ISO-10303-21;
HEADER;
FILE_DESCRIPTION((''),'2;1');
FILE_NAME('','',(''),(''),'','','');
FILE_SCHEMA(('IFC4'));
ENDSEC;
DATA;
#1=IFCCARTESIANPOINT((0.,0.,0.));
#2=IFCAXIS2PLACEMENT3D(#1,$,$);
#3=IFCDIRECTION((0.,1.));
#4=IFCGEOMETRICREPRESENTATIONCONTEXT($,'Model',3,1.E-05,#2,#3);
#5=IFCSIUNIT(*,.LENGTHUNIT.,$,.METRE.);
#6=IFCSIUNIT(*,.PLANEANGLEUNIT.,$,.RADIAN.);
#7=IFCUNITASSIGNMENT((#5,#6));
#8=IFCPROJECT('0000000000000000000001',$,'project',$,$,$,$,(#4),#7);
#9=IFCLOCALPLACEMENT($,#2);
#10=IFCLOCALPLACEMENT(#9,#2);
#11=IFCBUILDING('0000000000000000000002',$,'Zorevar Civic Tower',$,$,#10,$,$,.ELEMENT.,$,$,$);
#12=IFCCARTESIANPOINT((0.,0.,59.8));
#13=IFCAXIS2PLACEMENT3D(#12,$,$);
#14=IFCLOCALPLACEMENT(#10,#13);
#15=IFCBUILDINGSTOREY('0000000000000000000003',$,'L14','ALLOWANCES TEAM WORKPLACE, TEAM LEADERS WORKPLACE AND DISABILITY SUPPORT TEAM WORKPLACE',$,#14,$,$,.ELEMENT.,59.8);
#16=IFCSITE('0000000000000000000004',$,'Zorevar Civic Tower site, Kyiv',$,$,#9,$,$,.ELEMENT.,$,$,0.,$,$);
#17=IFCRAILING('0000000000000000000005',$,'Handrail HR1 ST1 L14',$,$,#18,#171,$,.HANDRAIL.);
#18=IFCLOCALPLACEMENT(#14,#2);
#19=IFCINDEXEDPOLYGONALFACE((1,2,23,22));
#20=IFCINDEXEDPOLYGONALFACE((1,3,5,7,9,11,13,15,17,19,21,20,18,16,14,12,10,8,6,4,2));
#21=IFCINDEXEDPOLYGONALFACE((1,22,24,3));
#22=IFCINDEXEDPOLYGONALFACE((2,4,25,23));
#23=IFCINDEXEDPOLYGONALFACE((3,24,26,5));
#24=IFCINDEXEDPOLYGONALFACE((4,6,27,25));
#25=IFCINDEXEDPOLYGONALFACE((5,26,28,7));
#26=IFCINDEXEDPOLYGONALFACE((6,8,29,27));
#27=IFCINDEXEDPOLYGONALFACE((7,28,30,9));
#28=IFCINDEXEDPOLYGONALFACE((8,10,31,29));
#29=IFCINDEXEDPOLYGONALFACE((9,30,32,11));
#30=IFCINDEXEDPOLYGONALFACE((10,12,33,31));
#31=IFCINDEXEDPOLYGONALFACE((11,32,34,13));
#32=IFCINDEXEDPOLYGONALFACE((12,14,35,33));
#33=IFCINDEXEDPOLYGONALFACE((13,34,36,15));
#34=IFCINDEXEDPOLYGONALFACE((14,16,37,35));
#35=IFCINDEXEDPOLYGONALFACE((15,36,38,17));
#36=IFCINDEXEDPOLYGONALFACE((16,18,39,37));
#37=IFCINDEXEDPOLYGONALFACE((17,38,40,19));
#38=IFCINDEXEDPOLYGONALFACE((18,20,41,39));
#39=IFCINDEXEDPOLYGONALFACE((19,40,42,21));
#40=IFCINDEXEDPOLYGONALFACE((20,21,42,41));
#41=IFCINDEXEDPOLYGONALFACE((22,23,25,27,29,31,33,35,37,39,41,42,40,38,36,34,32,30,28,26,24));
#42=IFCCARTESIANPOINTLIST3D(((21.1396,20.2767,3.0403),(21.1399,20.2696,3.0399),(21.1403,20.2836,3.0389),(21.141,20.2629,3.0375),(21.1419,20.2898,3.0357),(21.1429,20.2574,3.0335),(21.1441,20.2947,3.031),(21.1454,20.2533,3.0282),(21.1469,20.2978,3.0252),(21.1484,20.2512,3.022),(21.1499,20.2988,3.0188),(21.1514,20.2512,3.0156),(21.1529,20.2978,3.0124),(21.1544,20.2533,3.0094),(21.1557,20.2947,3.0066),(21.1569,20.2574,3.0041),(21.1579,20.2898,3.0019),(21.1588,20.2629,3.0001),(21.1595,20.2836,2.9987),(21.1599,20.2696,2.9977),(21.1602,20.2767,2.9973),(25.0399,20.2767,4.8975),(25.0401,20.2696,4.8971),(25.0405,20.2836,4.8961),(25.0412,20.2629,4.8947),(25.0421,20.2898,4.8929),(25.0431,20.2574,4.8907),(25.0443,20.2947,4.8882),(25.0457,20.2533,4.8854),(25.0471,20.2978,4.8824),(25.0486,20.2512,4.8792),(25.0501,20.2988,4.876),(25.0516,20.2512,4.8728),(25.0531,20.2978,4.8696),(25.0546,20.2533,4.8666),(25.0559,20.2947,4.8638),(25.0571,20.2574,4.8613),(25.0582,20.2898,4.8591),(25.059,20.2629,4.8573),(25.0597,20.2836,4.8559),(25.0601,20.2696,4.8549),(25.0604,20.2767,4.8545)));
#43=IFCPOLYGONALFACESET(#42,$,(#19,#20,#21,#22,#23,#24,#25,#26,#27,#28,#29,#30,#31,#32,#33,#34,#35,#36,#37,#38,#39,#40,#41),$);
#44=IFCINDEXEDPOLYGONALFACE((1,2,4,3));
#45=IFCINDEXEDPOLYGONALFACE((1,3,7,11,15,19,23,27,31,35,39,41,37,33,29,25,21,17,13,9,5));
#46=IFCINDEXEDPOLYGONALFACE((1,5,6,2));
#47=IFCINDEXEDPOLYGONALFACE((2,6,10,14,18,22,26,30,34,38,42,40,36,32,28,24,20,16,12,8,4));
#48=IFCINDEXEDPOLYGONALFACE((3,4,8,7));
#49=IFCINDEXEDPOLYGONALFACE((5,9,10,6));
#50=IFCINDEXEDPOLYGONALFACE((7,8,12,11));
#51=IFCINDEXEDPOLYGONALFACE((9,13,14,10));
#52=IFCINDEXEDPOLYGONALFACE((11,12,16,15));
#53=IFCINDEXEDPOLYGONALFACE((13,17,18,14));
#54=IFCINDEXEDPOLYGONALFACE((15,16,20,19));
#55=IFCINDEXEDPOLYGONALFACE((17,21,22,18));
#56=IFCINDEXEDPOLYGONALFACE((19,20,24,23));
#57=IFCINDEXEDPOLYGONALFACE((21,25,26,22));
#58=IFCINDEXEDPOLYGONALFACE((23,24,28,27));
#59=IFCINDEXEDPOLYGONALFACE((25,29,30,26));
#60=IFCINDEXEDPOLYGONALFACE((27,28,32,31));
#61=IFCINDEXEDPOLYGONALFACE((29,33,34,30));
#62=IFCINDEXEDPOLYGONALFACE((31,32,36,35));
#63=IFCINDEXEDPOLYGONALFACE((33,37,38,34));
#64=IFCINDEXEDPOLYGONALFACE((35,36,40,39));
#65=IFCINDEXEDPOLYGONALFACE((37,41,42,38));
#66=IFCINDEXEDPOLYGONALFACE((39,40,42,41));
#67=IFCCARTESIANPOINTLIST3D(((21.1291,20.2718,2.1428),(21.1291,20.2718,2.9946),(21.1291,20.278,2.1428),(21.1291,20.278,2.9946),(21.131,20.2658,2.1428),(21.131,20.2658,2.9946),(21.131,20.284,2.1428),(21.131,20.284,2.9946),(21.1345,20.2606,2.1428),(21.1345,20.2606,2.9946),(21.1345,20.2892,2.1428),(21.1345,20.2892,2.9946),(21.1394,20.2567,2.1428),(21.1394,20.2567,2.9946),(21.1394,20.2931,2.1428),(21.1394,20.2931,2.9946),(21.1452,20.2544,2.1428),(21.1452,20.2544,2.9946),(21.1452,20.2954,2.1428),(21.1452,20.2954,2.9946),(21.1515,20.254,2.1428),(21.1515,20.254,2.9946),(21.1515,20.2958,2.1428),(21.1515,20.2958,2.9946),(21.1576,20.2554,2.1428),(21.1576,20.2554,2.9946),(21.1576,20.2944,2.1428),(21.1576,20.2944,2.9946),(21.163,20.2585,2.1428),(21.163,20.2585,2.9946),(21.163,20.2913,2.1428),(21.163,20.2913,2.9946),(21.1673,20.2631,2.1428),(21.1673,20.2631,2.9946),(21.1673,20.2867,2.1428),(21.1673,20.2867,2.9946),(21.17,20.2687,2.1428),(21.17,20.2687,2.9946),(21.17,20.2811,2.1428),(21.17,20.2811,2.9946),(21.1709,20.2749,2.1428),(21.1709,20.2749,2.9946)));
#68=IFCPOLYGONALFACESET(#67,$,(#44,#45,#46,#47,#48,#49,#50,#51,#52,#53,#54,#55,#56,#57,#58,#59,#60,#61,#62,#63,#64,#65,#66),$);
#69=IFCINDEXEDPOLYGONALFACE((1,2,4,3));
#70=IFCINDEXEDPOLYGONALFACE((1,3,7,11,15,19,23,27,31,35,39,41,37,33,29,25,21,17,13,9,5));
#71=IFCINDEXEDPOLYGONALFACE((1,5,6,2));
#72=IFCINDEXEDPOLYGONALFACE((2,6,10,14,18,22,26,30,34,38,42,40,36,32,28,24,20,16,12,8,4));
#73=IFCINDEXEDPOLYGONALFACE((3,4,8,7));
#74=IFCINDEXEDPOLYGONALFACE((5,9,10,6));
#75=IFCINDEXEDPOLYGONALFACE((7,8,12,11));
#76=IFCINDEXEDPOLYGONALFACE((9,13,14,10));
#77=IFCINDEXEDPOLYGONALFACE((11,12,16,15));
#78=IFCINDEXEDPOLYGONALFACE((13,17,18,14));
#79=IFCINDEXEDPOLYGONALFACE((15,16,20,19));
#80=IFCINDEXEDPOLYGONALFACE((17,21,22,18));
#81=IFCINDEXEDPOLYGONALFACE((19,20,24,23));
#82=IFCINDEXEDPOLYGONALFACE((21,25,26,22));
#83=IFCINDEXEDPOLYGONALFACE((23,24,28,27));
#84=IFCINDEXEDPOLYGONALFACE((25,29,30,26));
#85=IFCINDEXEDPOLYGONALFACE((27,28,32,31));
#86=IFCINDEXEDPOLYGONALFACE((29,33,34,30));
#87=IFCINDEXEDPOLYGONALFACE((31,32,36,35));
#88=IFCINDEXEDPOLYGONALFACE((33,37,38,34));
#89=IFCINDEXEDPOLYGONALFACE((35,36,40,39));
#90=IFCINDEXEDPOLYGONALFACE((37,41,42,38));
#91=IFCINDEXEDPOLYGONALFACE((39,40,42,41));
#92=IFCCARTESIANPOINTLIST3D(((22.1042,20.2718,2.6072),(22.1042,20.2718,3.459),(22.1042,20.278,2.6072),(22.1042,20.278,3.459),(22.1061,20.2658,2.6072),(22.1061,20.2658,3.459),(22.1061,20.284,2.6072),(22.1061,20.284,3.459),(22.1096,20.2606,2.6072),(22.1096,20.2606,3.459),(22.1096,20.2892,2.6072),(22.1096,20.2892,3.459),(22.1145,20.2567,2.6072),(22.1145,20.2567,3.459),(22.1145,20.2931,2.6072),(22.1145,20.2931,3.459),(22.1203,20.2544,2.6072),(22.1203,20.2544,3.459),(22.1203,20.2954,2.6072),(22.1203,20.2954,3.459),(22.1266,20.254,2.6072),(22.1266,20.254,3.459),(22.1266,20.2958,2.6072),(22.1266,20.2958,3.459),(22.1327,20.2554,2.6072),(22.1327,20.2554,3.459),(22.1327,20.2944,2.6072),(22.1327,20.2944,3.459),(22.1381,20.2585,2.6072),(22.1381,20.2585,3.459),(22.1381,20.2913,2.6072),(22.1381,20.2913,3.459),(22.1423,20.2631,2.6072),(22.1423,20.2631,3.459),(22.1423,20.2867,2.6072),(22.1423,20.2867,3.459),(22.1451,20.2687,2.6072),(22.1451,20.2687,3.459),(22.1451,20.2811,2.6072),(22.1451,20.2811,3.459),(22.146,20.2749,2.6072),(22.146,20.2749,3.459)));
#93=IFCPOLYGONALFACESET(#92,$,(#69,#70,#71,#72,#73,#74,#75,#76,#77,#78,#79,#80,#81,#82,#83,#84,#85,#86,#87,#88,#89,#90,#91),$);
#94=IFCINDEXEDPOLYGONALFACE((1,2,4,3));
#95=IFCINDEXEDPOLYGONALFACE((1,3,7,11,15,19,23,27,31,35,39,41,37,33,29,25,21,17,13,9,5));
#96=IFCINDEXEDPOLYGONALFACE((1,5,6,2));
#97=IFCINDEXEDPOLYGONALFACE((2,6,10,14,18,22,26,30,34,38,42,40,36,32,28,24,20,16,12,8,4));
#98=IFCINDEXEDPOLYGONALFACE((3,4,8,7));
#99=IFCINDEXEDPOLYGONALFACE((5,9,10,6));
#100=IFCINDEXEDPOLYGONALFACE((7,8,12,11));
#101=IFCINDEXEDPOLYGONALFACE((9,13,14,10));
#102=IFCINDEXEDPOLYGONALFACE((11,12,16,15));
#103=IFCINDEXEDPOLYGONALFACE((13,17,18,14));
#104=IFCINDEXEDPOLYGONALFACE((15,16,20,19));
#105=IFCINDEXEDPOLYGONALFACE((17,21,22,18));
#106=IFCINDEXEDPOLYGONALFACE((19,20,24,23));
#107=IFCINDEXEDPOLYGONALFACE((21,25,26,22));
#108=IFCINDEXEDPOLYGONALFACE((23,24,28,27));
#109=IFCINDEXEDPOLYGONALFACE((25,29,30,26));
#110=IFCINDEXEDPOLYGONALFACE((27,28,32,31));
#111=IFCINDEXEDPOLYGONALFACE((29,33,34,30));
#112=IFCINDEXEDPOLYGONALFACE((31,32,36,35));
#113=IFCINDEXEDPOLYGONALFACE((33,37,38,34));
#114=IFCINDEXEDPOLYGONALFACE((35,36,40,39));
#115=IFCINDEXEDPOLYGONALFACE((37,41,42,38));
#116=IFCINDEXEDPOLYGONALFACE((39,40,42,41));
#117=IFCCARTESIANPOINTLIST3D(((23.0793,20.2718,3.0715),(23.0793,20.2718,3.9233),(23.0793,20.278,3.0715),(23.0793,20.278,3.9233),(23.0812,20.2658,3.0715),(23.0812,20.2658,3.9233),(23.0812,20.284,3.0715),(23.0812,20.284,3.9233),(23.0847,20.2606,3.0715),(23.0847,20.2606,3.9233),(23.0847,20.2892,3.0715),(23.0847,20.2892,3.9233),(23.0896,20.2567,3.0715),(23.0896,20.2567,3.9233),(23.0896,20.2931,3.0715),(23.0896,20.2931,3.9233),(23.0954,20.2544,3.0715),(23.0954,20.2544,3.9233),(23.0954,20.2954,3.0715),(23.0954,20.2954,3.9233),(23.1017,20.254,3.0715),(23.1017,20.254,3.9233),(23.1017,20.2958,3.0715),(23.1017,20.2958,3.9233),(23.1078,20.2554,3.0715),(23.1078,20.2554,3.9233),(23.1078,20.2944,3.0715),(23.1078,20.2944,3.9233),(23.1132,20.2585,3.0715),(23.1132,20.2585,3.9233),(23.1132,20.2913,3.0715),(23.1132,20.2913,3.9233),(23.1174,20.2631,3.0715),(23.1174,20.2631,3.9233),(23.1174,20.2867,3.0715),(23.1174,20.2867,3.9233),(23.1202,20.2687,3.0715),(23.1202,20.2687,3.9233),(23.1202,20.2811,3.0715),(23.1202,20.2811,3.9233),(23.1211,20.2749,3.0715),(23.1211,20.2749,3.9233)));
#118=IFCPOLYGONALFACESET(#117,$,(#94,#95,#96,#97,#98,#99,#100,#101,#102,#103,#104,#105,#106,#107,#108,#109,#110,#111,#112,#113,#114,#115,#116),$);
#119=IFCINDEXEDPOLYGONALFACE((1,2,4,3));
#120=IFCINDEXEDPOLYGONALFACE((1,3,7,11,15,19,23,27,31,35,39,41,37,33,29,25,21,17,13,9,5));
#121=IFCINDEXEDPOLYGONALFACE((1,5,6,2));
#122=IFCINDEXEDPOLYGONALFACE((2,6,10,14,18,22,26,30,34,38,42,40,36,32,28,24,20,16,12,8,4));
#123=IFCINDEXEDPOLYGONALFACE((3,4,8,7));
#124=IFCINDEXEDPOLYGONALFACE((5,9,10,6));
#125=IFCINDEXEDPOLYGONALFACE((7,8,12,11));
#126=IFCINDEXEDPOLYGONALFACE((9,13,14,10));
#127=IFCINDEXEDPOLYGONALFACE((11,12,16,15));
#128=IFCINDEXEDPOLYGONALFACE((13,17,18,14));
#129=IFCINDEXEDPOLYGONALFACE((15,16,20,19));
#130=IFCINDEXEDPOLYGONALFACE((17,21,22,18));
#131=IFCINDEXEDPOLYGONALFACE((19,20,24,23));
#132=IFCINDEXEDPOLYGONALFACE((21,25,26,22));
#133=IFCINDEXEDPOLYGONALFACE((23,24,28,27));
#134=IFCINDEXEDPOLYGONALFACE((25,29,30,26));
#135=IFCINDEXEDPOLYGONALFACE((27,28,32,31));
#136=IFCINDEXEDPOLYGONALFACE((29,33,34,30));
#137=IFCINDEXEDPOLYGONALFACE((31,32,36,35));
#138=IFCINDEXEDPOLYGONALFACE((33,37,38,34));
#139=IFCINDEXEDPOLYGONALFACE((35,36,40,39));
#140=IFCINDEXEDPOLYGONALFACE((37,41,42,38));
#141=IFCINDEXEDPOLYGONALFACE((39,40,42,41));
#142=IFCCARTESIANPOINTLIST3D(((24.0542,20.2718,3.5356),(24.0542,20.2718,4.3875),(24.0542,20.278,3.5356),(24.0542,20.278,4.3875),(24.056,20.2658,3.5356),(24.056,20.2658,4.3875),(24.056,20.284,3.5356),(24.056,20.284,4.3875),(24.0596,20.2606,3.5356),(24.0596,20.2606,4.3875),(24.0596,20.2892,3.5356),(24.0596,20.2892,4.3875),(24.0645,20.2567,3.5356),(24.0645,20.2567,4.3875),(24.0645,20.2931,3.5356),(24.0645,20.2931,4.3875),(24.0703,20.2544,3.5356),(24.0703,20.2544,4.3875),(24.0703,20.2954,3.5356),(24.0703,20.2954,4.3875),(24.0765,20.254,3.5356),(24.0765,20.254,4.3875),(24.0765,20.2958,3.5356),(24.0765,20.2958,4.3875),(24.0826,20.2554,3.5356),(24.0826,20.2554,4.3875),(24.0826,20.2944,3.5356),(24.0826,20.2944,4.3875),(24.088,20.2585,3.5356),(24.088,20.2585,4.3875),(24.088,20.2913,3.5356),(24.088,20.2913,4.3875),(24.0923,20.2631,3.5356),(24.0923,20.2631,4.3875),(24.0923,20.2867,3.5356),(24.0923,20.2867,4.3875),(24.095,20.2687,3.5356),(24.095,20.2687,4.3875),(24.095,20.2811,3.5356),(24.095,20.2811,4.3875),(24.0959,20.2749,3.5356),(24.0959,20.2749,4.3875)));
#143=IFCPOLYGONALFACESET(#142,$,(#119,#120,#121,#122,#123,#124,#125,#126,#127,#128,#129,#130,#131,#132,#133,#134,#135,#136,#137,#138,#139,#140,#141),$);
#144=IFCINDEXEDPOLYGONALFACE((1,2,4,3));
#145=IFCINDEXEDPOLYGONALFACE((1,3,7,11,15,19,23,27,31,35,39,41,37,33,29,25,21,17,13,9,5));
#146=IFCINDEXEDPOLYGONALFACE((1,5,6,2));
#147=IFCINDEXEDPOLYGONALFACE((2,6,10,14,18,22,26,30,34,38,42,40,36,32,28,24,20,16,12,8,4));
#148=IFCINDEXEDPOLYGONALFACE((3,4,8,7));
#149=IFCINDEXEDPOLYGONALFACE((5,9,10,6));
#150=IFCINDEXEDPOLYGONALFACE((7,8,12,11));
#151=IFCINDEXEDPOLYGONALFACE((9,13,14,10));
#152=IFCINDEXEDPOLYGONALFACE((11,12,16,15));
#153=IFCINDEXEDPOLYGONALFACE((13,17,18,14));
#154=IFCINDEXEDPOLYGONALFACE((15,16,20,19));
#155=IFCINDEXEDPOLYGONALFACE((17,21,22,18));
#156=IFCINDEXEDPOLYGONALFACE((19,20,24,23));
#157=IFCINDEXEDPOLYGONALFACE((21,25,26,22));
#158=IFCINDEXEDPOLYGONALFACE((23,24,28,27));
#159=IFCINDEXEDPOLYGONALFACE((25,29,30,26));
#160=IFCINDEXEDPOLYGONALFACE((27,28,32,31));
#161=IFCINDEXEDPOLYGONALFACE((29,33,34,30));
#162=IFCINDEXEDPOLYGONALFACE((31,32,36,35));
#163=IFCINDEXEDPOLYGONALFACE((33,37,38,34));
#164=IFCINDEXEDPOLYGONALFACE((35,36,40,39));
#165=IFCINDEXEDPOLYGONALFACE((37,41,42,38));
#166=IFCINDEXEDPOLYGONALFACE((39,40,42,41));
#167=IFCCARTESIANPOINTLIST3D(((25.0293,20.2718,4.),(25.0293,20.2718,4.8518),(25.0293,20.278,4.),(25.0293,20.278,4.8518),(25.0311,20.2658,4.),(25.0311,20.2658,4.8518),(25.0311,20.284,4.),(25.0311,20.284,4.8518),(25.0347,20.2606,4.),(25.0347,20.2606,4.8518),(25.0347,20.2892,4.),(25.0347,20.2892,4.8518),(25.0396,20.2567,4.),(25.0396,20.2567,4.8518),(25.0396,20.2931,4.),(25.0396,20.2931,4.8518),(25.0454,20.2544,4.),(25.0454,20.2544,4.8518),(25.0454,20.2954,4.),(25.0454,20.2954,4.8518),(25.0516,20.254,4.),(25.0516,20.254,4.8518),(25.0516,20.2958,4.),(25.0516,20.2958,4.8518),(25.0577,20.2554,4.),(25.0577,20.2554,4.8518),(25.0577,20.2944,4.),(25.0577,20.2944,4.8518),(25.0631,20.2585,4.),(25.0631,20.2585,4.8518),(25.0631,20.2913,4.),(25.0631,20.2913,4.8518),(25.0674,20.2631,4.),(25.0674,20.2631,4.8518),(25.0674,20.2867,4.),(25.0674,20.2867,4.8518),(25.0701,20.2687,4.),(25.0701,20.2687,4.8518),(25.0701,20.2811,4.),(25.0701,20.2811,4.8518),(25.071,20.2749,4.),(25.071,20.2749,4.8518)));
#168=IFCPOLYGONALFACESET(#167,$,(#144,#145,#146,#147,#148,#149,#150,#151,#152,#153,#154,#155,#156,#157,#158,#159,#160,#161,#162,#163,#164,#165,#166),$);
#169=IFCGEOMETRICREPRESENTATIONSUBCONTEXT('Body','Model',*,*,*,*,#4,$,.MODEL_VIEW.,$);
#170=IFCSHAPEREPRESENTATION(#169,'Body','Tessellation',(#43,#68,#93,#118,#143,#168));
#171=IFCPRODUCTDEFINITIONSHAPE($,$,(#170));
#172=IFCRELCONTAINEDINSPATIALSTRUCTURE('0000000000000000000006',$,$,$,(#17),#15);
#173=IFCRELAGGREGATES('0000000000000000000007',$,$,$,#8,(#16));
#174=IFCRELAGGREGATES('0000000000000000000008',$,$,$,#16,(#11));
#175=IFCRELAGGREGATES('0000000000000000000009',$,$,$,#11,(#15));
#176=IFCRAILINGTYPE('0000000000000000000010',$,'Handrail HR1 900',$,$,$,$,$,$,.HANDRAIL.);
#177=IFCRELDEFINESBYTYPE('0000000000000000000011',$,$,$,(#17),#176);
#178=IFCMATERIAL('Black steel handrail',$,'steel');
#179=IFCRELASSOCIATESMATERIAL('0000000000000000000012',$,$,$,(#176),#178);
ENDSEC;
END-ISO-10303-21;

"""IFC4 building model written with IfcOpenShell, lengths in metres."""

from ifc_helpers import new_model, si_unit, direction, frame, origin, origin_2d, place, context, subcontext, project, spatial, circle, extrude, material, type_object, element, save


model = new_model("IFC4")

# Units and contexts
model_context = context("Model", 3, precision=1e-05, world=origin(), true_north=direction((0.0, 1.0)))
body_context = subcontext(model_context, "Body", "Model", "MODEL_VIEW")
ifc_project = project(units=[si_unit("LENGTHUNIT", "METRE"), si_unit("PLANEANGLEUNIT", "RADIAN")], contexts=[model_context])

# Site, building, storey
site_placement = place(None, origin())
site = spatial("IfcSite", under=ifc_project, at=site_placement, Name="Zorevar Civic Tower site, Kyiv", CompositionType="ELEMENT", RefElevation=0.0)
building_placement = place(site_placement, origin())
building = spatial("IfcBuilding", under=site, at=building_placement, Name="Zorevar Civic Tower", CompositionType="ELEMENT")
storey_placement = place(building_placement, frame((0.0, 0.0, 59.8)))
storey = spatial("IfcBuildingStorey", under=building, at=storey_placement, Name="L14", Description="ALLOWANCES TEAM WORKPLACE, TEAM LEADERS WORKPLACE AND DISABILITY SUPPORT TEAM WORKPLACE", CompositionType="ELEMENT", Elevation=59.8)

# Railing
ifc_material_1 = material(Name="Black steel handrail", Category="steel")
railing_type = type_object("IfcRailingType", Name="Handrail HR1 900", PredefinedType="HANDRAIL", material=ifc_material_1)
railing_1_placement = place(storey_placement, frame((21.1499, 20.2749, 2.1428)))
element("IfcRailing", 1, at=railing_1_placement, inside=storey, type_object=railing_type, Name="Handrail HR1 ST1 L14", PredefinedType="HANDRAIL", context=body_context, shape_type="SweptSolid", body=[
    extrude(circle(Radius=0.0239, at=origin_2d()), frame((0.0, 0.0, 0.876), z_axis=(0.902864, 0.0, 0.429927), x_axis=(0.0, 1.0, 0.0)), (0.0, 0.0, 1.0), 4.3198),
    extrude(circle(Radius=0.021, at=origin_2d()), origin(), (0.0, 0.0, 1.0), 0.8518),
    extrude(circle(Radius=0.021, at=origin_2d()), frame((0.9751, 0.0, 0.4644)), (0.0, 0.0, 1.0), 0.8518),
    extrude(circle(Radius=0.021, at=origin_2d()), frame((1.9502, 0.0, 0.9287)), (0.0, 0.0, 1.0), 0.8518),
    extrude(circle(Radius=0.021, at=origin_2d()), frame((2.925, 0.0, 1.3928)), (0.0, 0.0, 1.0), 0.8518),
    extrude(circle(Radius=0.021, at=origin_2d()), frame((3.9001, 0.0, 1.8572)), (0.0, 0.0, 1.0), 0.8518),
])

save(model, "model.ifc")
